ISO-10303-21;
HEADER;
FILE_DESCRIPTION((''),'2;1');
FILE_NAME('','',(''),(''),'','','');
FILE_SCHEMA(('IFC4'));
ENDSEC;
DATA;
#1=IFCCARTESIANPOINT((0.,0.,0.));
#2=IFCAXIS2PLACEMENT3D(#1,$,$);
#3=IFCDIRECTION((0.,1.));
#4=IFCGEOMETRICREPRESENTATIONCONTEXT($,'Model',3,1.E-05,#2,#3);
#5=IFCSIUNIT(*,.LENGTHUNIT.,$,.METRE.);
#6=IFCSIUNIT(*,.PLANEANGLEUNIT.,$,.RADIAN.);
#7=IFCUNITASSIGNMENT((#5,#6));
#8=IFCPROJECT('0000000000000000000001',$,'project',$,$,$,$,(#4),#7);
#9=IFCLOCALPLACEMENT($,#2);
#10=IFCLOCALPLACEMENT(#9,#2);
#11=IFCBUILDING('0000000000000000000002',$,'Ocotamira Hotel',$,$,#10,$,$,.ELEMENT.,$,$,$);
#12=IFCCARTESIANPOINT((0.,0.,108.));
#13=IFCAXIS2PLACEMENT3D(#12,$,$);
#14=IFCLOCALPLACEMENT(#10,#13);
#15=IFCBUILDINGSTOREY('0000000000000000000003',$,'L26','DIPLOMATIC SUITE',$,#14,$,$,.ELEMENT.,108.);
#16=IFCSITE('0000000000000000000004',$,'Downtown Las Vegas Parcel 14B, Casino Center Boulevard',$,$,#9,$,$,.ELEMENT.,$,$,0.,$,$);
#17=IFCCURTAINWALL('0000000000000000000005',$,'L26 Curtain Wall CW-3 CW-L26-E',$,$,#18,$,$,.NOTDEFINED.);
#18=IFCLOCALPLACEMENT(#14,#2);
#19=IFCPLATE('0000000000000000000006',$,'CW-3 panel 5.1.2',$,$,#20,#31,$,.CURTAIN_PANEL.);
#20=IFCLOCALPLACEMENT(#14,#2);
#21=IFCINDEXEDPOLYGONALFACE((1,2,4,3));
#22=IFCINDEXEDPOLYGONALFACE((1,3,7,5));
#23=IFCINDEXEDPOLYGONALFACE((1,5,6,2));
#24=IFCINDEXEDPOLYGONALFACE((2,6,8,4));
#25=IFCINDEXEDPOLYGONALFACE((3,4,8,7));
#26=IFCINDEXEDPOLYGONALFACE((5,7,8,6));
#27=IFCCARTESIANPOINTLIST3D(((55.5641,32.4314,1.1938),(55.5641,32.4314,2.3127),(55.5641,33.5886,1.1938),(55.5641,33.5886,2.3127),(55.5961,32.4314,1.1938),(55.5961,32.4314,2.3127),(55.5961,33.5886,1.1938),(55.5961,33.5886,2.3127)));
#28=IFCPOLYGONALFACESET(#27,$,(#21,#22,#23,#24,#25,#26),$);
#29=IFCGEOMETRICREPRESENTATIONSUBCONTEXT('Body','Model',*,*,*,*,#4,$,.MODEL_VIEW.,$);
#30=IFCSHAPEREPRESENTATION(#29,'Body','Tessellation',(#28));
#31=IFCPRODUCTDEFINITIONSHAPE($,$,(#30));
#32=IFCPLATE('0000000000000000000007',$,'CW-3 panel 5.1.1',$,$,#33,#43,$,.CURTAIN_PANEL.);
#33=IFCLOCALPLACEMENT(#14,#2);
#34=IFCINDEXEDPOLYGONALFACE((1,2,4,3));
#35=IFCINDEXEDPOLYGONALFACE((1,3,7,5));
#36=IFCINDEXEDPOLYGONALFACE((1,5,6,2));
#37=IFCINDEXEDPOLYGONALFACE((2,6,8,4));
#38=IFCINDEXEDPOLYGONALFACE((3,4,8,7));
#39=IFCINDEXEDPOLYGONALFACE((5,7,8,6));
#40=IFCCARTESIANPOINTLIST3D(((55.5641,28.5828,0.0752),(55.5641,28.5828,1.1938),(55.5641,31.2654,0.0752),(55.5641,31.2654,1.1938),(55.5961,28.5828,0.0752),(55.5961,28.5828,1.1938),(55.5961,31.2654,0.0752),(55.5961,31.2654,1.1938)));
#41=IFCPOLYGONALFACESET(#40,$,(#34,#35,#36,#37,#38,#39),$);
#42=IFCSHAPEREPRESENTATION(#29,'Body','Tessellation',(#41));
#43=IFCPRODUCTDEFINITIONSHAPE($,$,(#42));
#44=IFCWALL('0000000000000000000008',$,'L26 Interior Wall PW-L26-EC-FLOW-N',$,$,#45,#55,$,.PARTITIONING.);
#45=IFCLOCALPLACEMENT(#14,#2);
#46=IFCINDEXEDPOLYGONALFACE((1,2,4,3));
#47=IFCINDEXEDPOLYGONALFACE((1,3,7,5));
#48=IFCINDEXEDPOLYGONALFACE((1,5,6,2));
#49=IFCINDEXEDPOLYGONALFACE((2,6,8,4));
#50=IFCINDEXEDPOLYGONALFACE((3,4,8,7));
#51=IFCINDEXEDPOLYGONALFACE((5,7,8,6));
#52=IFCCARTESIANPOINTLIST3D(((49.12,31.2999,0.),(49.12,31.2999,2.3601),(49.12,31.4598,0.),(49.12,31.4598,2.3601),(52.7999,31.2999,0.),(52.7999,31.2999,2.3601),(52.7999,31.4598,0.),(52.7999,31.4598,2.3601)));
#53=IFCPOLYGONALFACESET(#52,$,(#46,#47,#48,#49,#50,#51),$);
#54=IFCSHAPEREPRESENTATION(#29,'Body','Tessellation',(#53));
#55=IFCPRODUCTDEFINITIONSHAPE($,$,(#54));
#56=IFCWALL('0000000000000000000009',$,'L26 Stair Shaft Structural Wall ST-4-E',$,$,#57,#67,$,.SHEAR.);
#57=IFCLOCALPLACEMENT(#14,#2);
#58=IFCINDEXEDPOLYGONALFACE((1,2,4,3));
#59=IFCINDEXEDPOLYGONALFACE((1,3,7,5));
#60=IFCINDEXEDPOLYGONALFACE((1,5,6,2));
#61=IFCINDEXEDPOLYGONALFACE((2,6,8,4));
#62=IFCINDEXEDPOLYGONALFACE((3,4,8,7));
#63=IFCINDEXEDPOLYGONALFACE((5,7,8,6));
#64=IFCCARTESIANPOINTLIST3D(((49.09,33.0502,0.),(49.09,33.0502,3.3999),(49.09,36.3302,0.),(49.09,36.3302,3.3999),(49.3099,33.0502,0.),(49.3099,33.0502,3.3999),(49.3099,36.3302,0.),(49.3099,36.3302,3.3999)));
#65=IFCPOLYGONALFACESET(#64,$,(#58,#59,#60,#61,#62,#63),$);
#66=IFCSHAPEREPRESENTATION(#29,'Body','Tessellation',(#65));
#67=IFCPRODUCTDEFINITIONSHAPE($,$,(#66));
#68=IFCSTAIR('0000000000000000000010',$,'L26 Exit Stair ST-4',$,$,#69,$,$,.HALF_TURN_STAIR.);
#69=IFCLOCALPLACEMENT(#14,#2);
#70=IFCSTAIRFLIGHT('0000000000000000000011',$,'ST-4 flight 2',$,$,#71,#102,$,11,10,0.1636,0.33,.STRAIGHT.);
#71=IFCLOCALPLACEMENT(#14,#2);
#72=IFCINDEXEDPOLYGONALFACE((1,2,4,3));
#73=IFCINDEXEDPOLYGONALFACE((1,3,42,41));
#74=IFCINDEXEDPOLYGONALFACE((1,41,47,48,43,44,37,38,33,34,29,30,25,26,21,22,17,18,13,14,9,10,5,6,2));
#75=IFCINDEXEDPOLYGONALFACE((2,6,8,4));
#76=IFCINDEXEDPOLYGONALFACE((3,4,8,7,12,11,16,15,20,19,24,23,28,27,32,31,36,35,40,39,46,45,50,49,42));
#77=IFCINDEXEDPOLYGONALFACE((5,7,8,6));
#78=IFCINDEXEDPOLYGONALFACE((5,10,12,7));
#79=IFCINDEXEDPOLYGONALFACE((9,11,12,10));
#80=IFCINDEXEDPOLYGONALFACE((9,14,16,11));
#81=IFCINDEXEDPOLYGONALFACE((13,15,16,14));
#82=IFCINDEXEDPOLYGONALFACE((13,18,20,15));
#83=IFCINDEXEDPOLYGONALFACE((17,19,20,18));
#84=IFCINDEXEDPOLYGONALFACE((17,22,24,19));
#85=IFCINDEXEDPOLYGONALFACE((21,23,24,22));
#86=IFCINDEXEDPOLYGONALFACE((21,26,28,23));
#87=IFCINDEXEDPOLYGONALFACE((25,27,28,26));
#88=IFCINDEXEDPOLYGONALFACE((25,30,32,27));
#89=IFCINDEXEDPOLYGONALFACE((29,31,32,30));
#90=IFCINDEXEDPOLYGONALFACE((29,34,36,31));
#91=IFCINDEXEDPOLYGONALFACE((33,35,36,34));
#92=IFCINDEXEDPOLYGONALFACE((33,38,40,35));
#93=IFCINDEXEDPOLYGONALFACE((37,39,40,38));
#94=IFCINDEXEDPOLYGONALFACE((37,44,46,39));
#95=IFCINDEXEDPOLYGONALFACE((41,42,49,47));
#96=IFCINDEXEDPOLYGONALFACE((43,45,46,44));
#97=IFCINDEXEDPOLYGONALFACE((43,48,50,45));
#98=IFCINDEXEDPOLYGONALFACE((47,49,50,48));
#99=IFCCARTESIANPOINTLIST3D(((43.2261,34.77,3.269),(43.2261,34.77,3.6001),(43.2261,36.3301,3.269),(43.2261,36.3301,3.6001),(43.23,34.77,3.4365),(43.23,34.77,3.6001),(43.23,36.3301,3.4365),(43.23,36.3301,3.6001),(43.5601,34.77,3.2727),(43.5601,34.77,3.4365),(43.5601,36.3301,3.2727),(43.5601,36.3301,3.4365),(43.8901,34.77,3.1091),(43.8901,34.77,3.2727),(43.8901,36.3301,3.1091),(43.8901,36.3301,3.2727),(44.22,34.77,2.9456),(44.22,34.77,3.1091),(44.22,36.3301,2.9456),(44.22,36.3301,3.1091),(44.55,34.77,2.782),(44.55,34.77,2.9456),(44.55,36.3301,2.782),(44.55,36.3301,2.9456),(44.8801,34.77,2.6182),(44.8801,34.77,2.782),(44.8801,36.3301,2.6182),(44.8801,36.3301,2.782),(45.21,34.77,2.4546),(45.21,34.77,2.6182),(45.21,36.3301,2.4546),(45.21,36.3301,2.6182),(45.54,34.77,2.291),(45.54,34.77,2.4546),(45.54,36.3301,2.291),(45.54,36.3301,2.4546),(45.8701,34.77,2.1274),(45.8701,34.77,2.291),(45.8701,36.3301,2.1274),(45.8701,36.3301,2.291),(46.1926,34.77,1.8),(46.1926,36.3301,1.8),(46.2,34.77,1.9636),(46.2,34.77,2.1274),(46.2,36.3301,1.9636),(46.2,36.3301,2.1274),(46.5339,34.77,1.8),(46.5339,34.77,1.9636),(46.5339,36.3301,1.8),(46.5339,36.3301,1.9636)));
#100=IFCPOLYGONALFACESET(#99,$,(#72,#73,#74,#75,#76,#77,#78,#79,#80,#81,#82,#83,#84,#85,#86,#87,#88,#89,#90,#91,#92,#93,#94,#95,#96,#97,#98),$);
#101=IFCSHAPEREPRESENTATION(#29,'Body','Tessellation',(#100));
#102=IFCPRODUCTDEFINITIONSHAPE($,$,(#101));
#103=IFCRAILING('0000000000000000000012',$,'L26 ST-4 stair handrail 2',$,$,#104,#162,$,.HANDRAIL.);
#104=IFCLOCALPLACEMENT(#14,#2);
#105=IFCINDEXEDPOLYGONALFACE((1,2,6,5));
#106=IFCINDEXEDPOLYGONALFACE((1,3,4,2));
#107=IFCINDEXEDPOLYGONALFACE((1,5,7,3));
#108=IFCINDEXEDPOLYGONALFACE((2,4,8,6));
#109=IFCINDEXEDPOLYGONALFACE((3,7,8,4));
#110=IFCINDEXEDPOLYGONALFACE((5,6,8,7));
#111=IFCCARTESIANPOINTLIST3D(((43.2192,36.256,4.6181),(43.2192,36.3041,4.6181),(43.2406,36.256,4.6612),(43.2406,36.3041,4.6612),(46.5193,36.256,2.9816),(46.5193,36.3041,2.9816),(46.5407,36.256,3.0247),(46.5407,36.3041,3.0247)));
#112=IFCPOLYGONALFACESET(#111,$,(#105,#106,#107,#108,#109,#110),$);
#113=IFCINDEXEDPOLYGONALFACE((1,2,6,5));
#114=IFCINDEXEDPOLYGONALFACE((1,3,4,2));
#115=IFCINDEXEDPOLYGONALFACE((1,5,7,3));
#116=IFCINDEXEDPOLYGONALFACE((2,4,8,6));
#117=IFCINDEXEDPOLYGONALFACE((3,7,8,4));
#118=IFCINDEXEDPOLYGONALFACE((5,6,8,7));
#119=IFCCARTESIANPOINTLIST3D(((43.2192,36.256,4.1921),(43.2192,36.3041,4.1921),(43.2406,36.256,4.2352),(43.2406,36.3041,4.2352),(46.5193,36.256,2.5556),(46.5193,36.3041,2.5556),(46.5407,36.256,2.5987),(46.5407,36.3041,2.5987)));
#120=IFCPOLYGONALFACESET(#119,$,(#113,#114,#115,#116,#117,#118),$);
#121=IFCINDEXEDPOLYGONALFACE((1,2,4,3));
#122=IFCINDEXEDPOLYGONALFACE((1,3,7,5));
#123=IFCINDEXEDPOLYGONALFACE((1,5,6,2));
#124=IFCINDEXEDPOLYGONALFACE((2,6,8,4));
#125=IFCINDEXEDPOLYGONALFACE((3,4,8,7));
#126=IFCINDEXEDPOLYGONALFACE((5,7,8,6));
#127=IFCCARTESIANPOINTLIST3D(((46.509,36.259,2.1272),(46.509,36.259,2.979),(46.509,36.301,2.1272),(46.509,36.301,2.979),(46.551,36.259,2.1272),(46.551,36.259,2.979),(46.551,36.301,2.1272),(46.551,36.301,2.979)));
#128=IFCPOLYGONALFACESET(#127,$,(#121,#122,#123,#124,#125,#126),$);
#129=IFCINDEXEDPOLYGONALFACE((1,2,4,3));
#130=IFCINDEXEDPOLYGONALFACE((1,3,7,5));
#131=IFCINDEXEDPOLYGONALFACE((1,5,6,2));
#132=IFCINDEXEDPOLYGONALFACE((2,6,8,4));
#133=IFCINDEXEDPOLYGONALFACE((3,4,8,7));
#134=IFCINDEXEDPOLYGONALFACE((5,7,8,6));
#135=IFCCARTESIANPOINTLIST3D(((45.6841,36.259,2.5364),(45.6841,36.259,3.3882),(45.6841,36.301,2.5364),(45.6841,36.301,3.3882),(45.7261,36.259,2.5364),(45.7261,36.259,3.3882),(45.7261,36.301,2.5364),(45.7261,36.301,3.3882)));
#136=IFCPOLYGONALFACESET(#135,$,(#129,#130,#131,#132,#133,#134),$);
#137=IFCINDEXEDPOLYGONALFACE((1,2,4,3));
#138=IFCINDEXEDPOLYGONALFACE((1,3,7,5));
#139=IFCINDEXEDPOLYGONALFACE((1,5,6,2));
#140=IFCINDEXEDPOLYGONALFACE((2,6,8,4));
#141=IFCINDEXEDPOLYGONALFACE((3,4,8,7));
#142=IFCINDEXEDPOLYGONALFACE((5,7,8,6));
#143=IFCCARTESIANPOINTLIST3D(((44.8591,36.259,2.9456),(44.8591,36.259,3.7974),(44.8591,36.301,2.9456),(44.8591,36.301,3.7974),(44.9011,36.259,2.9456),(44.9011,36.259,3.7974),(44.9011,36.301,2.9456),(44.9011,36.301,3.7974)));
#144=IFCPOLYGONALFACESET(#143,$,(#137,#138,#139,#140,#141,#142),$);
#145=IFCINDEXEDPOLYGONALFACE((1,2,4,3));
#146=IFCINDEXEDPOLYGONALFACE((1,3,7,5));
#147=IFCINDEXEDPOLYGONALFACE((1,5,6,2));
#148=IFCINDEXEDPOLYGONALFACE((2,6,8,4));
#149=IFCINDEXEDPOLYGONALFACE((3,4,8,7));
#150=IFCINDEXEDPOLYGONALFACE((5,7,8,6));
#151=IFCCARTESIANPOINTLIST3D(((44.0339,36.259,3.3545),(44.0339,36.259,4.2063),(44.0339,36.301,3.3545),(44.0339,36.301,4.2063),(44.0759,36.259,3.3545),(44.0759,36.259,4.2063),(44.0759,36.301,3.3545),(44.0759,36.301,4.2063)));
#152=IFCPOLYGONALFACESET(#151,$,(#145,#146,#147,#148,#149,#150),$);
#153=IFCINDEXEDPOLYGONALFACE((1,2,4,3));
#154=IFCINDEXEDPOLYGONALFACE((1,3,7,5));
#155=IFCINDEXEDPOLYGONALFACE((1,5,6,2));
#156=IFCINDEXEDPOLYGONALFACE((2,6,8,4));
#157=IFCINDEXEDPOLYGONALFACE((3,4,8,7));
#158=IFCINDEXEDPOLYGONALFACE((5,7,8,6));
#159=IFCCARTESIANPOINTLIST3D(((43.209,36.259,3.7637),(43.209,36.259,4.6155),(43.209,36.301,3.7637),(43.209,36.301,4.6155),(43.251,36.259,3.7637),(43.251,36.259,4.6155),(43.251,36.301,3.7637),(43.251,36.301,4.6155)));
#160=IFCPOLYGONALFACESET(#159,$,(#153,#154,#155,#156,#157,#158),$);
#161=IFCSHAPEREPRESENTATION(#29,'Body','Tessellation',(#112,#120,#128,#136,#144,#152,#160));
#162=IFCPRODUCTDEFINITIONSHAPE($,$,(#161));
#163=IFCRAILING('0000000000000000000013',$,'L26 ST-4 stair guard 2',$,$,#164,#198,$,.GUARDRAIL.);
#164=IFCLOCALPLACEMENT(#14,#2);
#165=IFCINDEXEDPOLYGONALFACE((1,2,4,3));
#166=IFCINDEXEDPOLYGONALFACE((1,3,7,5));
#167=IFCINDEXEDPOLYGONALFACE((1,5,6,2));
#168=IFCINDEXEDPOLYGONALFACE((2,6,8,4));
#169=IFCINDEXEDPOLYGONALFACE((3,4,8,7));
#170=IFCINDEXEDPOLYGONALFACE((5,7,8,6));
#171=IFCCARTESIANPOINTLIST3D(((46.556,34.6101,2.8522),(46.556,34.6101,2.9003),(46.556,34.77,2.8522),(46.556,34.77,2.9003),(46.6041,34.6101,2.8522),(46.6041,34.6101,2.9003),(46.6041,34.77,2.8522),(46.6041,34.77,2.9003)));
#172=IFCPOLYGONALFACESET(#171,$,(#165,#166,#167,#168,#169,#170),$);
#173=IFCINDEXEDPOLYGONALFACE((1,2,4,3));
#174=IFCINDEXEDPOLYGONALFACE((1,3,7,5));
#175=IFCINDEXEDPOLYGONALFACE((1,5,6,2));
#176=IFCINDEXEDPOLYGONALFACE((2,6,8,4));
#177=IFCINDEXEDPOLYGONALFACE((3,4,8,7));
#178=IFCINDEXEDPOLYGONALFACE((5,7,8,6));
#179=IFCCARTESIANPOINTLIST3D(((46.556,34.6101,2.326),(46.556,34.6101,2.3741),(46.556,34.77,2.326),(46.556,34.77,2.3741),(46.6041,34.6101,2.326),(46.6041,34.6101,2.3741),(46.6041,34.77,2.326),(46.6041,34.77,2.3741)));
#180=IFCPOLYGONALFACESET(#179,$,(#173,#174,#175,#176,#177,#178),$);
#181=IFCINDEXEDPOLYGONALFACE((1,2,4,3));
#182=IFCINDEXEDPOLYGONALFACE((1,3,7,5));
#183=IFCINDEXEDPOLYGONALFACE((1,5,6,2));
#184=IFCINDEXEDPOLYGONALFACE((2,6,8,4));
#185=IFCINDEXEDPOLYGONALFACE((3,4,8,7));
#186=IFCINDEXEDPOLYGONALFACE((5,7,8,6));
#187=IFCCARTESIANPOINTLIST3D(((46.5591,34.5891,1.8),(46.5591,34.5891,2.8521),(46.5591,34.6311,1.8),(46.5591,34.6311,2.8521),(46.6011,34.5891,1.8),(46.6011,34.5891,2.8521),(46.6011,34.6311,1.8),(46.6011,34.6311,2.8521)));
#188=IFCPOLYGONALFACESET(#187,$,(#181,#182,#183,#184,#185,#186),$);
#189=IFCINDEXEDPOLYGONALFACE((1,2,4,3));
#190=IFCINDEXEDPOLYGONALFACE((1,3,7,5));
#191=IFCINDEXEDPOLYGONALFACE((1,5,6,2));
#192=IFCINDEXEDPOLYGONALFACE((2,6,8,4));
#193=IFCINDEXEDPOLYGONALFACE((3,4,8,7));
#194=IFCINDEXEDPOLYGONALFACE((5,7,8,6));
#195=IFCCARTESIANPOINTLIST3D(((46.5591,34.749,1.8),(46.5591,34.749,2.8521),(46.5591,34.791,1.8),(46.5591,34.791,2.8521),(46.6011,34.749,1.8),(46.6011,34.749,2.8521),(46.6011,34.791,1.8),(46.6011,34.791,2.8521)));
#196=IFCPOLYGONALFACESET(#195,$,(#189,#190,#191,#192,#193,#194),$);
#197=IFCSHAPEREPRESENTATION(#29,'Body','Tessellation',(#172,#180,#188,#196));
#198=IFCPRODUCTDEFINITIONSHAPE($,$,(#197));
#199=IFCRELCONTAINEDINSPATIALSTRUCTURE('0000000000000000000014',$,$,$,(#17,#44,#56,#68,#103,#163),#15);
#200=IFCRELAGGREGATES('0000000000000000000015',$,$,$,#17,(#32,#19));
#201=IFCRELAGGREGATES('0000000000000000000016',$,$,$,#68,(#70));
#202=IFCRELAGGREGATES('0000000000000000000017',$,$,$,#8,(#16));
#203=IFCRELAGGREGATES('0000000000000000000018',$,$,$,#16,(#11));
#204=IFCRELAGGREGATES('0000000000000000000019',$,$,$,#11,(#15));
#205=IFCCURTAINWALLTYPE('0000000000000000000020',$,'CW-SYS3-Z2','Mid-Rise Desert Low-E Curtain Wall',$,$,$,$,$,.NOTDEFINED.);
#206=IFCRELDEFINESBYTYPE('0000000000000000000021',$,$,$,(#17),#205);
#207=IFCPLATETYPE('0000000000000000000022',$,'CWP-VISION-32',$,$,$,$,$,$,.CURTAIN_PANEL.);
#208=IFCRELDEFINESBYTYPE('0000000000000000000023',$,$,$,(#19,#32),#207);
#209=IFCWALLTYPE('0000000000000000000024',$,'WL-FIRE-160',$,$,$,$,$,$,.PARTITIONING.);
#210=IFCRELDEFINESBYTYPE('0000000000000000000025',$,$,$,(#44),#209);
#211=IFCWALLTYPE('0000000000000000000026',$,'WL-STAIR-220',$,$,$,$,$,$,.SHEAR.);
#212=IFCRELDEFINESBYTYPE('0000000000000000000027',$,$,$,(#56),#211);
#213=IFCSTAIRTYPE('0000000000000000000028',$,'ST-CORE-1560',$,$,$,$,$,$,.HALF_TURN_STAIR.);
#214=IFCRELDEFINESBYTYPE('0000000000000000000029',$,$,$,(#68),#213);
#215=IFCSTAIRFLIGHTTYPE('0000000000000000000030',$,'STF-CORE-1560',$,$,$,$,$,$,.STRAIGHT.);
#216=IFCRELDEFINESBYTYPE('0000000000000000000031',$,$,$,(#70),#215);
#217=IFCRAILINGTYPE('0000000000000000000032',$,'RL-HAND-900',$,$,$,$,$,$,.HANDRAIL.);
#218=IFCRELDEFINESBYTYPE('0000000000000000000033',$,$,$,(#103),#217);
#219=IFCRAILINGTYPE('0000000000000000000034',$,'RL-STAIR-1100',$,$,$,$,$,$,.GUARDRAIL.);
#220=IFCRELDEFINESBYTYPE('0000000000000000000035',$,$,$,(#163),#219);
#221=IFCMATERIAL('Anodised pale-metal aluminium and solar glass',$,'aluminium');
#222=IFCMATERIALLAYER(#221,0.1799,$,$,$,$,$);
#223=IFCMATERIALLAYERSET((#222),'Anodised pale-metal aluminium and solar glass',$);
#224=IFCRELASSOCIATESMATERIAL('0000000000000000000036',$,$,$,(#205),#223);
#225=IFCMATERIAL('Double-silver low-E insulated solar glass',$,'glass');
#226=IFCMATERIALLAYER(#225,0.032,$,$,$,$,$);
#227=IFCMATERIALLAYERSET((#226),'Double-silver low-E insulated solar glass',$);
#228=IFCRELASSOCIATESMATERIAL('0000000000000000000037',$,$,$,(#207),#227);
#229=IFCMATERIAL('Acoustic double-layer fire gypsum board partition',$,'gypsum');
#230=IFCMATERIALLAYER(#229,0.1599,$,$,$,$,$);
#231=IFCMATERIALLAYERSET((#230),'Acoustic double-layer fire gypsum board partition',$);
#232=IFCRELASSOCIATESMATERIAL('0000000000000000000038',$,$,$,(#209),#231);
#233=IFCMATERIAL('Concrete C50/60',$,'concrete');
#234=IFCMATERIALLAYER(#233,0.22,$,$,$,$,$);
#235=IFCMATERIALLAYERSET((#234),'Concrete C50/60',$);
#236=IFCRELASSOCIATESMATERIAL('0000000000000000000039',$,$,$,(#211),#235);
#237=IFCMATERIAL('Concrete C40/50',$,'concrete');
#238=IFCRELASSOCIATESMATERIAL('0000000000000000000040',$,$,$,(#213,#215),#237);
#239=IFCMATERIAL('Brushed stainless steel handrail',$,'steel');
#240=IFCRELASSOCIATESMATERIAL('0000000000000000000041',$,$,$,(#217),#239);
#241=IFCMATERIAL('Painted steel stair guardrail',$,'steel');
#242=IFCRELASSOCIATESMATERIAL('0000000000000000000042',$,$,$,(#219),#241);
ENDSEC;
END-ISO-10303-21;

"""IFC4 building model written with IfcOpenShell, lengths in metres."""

from ifc_helpers import new_model, si_unit, direction, frame, frame_2d, origin, origin_2d, place, context, subcontext, project, spatial, polyline, rectangle, outline, extrude, source, transform, mapped, material, layer, layer_set, type_object, element, aggregate, save


model = new_model("IFC4")

# Units and contexts
model_context = context("Model", 3, precision=1e-05, world=origin(), true_north=direction((0.0, 1.0)))
body_context = subcontext(model_context, "Body", "Model", "MODEL_VIEW")
ifc_project = project(units=[si_unit("LENGTHUNIT", "METRE"), si_unit("PLANEANGLEUNIT", "RADIAN")], contexts=[model_context])

# Site, building, storey
site_placement = place(None, origin())
site = spatial("IfcSite", under=ifc_project, at=site_placement, Name="Downtown Las Vegas Parcel 14B, Casino Center Boulevard", CompositionType="ELEMENT", RefElevation=0.0)
building_placement = place(site_placement, origin())
building = spatial("IfcBuilding", under=site, at=building_placement, Name="Ocotamira Hotel", CompositionType="ELEMENT")
storey_placement = place(building_placement, frame((0.0, 0.0, 108.0)))
storey = spatial("IfcBuildingStorey", under=building, at=storey_placement, Name="L26", Description="DIPLOMATIC SUITE", CompositionType="ELEMENT", Elevation=108.0)

# Curtain wall
ifc_material_1 = material(Name="Anodised pale-metal aluminium and solar glass", Category="aluminium")
ifc_layer_1 = layer(ifc_material_1, 0.1799)
ifc_layer_set_1 = layer_set([ifc_layer_1], Name="Anodised pale-metal aluminium and solar glass")
curtain_wall_type = type_object("IfcCurtainWallType", Name="CW-SYS3-Z2", Description="Mid-Rise Desert Low-E Curtain Wall", PredefinedType="NOTDEFINED", material=ifc_layer_set_1)
curtain_wall_placement = place(storey_placement, origin())
curtain_wall = element("IfcCurtainWall", 1, at=curtain_wall_placement, inside=storey, type_object=curtain_wall_type, Name="L26 Curtain Wall CW-3 CW-L26-E", PredefinedType="NOTDEFINED")

# Plates
ifc_material_2 = material(Name="Double-silver low-E insulated solar glass", Category="glass")
ifc_layer_2 = layer(ifc_material_2, 0.032)
ifc_layer_set_2 = layer_set([ifc_layer_2], Name="Double-silver low-E insulated solar glass")
plate_type_1 = type_object("IfcPlateType", Name="CWP-VISION-32", PredefinedType="CURTAIN_PANEL", material=ifc_layer_set_2)
shared_shape_1 = source(origin(), body_context, "Body", "SweptSolid", [
    extrude(rectangle(XDim=1.1572, YDim=0.032, at=origin_2d()), origin(), (0.0, 0.0, 1.0), 1.1189),
])
plate_1_placement = place(storey_placement, frame((55.5801, 33.01, 1.1938), z_axis=(0.0, 0.0, 1.0), x_axis=(0.0, 1.0, 0.0)))
plate_1 = element("IfcPlate", 2, at=plate_1_placement, type_object=plate_type_1, Name="CW-3 panel 5.1.2", PredefinedType="CURTAIN_PANEL", context=body_context, shape_type="MappedRepresentation", body=[
    mapped(shared_shape_1, transform((0.0, 0.0, 0.0), scale=1.0)),
])
shared_shape_2 = source(origin(), body_context, "Body", "SweptSolid", [
    extrude(rectangle(XDim=2.6826, YDim=0.032, at=origin_2d()), origin(), (0.0, 0.0, 1.0), 1.1187),
])
plate_2_placement = place(storey_placement, frame((55.5801, 29.9241, 0.0752), z_axis=(0.0, 0.0, 1.0), x_axis=(0.0, 1.0, 0.0)))
plate_2 = element("IfcPlate", 3, at=plate_2_placement, type_object=plate_type_1, Name="CW-3 panel 5.1.1", PredefinedType="CURTAIN_PANEL", context=body_context, shape_type="MappedRepresentation", body=[
    mapped(shared_shape_2, transform((0.0, 0.0, 0.0), scale=1.0)),
])
aggregate(curtain_wall, [plate_2, plate_1])

# Wall
ifc_material_3 = material(Name="Acoustic double-layer fire gypsum board partition", Category="gypsum")
ifc_layer_3 = layer(ifc_material_3, 0.1599)
ifc_layer_set_3 = layer_set([ifc_layer_3], Name="Acoustic double-layer fire gypsum board partition")
wall_type_1 = type_object("IfcWallType", Name="WL-FIRE-160", PredefinedType="PARTITIONING", material=ifc_layer_set_3)
wall_1_placement = place(storey_placement, frame((49.1201, 31.3799, 0.0), z_axis=(0.0, 0.0, 1.0), x_axis=(1.0, 0.0, 0.0)))
element("IfcWall", 4, at=wall_1_placement, inside=storey, type_object=wall_type_1, Name="L26 Interior Wall PW-L26-EC-FLOW-N", PredefinedType="PARTITIONING", context=body_context, shape_type="SweptSolid", body=[
    extrude(rectangle(XDim=3.6799, YDim=0.1599, at=frame_2d((1.8398, 0.0))), origin(), (0.0, 0.0, 1.0), 2.3601),
])

# Wall
ifc_material_4 = material(Name="Concrete C50/60", Category="concrete")
ifc_layer_4 = layer(ifc_material_4, 0.22)
ifc_layer_set_4 = layer_set([ifc_layer_4], Name="Concrete C50/60")
wall_type_2 = type_object("IfcWallType", Name="WL-STAIR-220", PredefinedType="SHEAR", material=ifc_layer_set_4)
wall_2_placement = place(storey_placement, frame((49.2, 33.05, 0.0), z_axis=(0.0, 0.0, 1.0), x_axis=(0.0, 1.0, 0.0)))
element("IfcWall", 5, at=wall_2_placement, inside=storey, type_object=wall_type_2, Name="L26 Stair Shaft Structural Wall ST-4-E", PredefinedType="SHEAR", context=body_context, shape_type="SweptSolid", body=[
    extrude(rectangle(XDim=3.28, YDim=0.22, at=frame_2d((1.6401, 0.0))), origin(), (0.0, 0.0, 1.0), 3.3999),
])

# Stair, stair flight
ifc_material_5 = material(Name="Concrete C40/50", Category="concrete")
stair_type = type_object("IfcStairType", Name="ST-CORE-1560", PredefinedType="HALF_TURN_STAIR", material=ifc_material_5)
stair_placement = place(storey_placement, origin())
stair = element("IfcStair", 6, at=stair_placement, inside=storey, type_object=stair_type, Name="L26 Exit Stair ST-4", PredefinedType="HALF_TURN_STAIR")
stair_flight_type = type_object("IfcStairFlightType", Name="STF-CORE-1560", PredefinedType="STRAIGHT", material=ifc_material_5)
shared_shape_3 = source(origin(), body_context, "Body", "SweptSolid", [
    extrude(outline(polyline([(-0.0039, 0.0), (-0.0039, 0.1636), (0.3301, 0.1636), (0.3301, 0.3274), (0.6599, 0.3274), (0.6599, 0.491), (0.99, 0.491), (0.99, 0.6545), (1.3201, 0.6545), (1.3201, 0.8181), (1.6499, 0.8181), (1.6499, 0.9819), (1.98, 0.9819), (1.98, 1.1455), (2.3101, 1.1455), (2.3101, 1.3091), (2.6399, 1.3091), (2.6399, 1.4727), (2.97, 1.4727), (2.97, 1.6365), (3.3, 1.6365), (3.3, 1.8), (3.304, 1.8), (3.304, 1.469), (0.3374, 0.0), (-0.0039, 0.0)])), frame((0.0, 0.78, 0.0), z_axis=(0.0, -1.0, 0.0), x_axis=(1.0, 0.0, 0.0)), (0.0, 0.0, 1.0), 1.5601),
])
stair_flight_placement = place(storey_placement, frame((46.53, 35.55, 1.8), z_axis=(0.0, 0.0, 1.0), x_axis=(-1.0, 0.0, 0.0)))
stair_flight = element("IfcStairFlight", 7, at=stair_flight_placement, type_object=stair_flight_type, Name="ST-4 flight 2", NumberOfRisers=11, NumberOfTreads=10, PredefinedType="STRAIGHT", RiserHeight=0.1636, TreadLength=0.33, context=body_context, shape_type="MappedRepresentation", body=[
    mapped(shared_shape_3, transform((0.0, 0.0, 0.0), scale=1.0)),
])
aggregate(stair, [stair_flight])

# Railings
ifc_material_6 = material(Name="Brushed stainless steel handrail", Category="steel")
railing_type_1 = type_object("IfcRailingType", Name="RL-HAND-900", PredefinedType="HANDRAIL", material=ifc_material_6)
railing_1_placement = place(storey_placement, frame((46.53, 36.28, 2.1272)))
element("IfcRailing", 8, at=railing_1_placement, inside=storey, type_object=railing_type_1, Name="L26 ST-4 stair handrail 2", PredefinedType="HANDRAIL", context=body_context, shape_type="SweptSolid", body=[
    extrude(rectangle(XDim=0.0481, YDim=0.0481, at=origin_2d()), frame((0.0, 0.0, 0.876), z_axis=(-0.895894, 0.0, 0.444268), x_axis=(0.0, -1.0, 0.0)), (0.0, 0.0, 1.0), 3.6836),
    extrude(rectangle(XDim=0.0481, YDim=0.0481, at=origin_2d()), frame((0.0, 0.0, 0.45), z_axis=(-0.895894, 0.0, 0.444268), x_axis=(0.0, -1.0, 0.0)), (0.0, 0.0, 1.0), 3.6836),
    extrude(rectangle(XDim=0.042, YDim=0.042, at=origin_2d()), origin(), (0.0, 0.0, 1.0), 0.8518),
    extrude(rectangle(XDim=0.042, YDim=0.042, at=origin_2d()), frame((-0.825, 0.0, 0.4092)), (0.0, 0.0, 1.0), 0.8518),
    extrude(rectangle(XDim=0.042, YDim=0.042, at=origin_2d()), frame((-1.6499, 0.0, 0.8184)), (0.0, 0.0, 1.0), 0.8518),
    extrude(rectangle(XDim=0.042, YDim=0.042, at=origin_2d()), frame((-2.4751, 0.0, 1.2273)), (0.0, 0.0, 1.0), 0.8518),
    extrude(rectangle(XDim=0.042, YDim=0.042, at=origin_2d()), frame((-3.3, 0.0, 1.6365)), (0.0, 0.0, 1.0), 0.8518),
])
ifc_material_7 = material(Name="Painted steel stair guardrail", Category="steel")
railing_type_2 = type_object("IfcRailingType", Name="RL-STAIR-1100", PredefinedType="GUARDRAIL", material=ifc_material_7)
railing_2_placement = place(storey_placement, frame((46.5801, 34.6101, 1.8)))
element("IfcRailing", 9, at=railing_2_placement, inside=storey, type_object=railing_type_2, Name="L26 ST-4 stair guard 2", PredefinedType="GUARDRAIL", context=body_context, shape_type="SweptSolid", body=[
    extrude(rectangle(XDim=0.0481, YDim=0.0481, at=origin_2d()), frame((0.0, 0.0, 1.0762), z_axis=(0.0, 1.0, 0.0), x_axis=(-1.0, 0.0, 0.0)), (0.0, 0.0, 1.0), 0.1599),
    extrude(rectangle(XDim=0.0481, YDim=0.0481, at=origin_2d()), frame((0.0, 0.0, 0.55), z_axis=(0.0, 1.0, 0.0), x_axis=(-1.0, 0.0, 0.0)), (0.0, 0.0, 1.0), 0.1599),
    extrude(rectangle(XDim=0.042, YDim=0.042, at=origin_2d()), origin(), (0.0, 0.0, 1.0), 1.052),
    extrude(rectangle(XDim=0.042, YDim=0.042, at=origin_2d()), frame((0.0, 0.1599, 0.0)), (0.0, 0.0, 1.0), 1.052),
])

save(model, "model.ifc")
